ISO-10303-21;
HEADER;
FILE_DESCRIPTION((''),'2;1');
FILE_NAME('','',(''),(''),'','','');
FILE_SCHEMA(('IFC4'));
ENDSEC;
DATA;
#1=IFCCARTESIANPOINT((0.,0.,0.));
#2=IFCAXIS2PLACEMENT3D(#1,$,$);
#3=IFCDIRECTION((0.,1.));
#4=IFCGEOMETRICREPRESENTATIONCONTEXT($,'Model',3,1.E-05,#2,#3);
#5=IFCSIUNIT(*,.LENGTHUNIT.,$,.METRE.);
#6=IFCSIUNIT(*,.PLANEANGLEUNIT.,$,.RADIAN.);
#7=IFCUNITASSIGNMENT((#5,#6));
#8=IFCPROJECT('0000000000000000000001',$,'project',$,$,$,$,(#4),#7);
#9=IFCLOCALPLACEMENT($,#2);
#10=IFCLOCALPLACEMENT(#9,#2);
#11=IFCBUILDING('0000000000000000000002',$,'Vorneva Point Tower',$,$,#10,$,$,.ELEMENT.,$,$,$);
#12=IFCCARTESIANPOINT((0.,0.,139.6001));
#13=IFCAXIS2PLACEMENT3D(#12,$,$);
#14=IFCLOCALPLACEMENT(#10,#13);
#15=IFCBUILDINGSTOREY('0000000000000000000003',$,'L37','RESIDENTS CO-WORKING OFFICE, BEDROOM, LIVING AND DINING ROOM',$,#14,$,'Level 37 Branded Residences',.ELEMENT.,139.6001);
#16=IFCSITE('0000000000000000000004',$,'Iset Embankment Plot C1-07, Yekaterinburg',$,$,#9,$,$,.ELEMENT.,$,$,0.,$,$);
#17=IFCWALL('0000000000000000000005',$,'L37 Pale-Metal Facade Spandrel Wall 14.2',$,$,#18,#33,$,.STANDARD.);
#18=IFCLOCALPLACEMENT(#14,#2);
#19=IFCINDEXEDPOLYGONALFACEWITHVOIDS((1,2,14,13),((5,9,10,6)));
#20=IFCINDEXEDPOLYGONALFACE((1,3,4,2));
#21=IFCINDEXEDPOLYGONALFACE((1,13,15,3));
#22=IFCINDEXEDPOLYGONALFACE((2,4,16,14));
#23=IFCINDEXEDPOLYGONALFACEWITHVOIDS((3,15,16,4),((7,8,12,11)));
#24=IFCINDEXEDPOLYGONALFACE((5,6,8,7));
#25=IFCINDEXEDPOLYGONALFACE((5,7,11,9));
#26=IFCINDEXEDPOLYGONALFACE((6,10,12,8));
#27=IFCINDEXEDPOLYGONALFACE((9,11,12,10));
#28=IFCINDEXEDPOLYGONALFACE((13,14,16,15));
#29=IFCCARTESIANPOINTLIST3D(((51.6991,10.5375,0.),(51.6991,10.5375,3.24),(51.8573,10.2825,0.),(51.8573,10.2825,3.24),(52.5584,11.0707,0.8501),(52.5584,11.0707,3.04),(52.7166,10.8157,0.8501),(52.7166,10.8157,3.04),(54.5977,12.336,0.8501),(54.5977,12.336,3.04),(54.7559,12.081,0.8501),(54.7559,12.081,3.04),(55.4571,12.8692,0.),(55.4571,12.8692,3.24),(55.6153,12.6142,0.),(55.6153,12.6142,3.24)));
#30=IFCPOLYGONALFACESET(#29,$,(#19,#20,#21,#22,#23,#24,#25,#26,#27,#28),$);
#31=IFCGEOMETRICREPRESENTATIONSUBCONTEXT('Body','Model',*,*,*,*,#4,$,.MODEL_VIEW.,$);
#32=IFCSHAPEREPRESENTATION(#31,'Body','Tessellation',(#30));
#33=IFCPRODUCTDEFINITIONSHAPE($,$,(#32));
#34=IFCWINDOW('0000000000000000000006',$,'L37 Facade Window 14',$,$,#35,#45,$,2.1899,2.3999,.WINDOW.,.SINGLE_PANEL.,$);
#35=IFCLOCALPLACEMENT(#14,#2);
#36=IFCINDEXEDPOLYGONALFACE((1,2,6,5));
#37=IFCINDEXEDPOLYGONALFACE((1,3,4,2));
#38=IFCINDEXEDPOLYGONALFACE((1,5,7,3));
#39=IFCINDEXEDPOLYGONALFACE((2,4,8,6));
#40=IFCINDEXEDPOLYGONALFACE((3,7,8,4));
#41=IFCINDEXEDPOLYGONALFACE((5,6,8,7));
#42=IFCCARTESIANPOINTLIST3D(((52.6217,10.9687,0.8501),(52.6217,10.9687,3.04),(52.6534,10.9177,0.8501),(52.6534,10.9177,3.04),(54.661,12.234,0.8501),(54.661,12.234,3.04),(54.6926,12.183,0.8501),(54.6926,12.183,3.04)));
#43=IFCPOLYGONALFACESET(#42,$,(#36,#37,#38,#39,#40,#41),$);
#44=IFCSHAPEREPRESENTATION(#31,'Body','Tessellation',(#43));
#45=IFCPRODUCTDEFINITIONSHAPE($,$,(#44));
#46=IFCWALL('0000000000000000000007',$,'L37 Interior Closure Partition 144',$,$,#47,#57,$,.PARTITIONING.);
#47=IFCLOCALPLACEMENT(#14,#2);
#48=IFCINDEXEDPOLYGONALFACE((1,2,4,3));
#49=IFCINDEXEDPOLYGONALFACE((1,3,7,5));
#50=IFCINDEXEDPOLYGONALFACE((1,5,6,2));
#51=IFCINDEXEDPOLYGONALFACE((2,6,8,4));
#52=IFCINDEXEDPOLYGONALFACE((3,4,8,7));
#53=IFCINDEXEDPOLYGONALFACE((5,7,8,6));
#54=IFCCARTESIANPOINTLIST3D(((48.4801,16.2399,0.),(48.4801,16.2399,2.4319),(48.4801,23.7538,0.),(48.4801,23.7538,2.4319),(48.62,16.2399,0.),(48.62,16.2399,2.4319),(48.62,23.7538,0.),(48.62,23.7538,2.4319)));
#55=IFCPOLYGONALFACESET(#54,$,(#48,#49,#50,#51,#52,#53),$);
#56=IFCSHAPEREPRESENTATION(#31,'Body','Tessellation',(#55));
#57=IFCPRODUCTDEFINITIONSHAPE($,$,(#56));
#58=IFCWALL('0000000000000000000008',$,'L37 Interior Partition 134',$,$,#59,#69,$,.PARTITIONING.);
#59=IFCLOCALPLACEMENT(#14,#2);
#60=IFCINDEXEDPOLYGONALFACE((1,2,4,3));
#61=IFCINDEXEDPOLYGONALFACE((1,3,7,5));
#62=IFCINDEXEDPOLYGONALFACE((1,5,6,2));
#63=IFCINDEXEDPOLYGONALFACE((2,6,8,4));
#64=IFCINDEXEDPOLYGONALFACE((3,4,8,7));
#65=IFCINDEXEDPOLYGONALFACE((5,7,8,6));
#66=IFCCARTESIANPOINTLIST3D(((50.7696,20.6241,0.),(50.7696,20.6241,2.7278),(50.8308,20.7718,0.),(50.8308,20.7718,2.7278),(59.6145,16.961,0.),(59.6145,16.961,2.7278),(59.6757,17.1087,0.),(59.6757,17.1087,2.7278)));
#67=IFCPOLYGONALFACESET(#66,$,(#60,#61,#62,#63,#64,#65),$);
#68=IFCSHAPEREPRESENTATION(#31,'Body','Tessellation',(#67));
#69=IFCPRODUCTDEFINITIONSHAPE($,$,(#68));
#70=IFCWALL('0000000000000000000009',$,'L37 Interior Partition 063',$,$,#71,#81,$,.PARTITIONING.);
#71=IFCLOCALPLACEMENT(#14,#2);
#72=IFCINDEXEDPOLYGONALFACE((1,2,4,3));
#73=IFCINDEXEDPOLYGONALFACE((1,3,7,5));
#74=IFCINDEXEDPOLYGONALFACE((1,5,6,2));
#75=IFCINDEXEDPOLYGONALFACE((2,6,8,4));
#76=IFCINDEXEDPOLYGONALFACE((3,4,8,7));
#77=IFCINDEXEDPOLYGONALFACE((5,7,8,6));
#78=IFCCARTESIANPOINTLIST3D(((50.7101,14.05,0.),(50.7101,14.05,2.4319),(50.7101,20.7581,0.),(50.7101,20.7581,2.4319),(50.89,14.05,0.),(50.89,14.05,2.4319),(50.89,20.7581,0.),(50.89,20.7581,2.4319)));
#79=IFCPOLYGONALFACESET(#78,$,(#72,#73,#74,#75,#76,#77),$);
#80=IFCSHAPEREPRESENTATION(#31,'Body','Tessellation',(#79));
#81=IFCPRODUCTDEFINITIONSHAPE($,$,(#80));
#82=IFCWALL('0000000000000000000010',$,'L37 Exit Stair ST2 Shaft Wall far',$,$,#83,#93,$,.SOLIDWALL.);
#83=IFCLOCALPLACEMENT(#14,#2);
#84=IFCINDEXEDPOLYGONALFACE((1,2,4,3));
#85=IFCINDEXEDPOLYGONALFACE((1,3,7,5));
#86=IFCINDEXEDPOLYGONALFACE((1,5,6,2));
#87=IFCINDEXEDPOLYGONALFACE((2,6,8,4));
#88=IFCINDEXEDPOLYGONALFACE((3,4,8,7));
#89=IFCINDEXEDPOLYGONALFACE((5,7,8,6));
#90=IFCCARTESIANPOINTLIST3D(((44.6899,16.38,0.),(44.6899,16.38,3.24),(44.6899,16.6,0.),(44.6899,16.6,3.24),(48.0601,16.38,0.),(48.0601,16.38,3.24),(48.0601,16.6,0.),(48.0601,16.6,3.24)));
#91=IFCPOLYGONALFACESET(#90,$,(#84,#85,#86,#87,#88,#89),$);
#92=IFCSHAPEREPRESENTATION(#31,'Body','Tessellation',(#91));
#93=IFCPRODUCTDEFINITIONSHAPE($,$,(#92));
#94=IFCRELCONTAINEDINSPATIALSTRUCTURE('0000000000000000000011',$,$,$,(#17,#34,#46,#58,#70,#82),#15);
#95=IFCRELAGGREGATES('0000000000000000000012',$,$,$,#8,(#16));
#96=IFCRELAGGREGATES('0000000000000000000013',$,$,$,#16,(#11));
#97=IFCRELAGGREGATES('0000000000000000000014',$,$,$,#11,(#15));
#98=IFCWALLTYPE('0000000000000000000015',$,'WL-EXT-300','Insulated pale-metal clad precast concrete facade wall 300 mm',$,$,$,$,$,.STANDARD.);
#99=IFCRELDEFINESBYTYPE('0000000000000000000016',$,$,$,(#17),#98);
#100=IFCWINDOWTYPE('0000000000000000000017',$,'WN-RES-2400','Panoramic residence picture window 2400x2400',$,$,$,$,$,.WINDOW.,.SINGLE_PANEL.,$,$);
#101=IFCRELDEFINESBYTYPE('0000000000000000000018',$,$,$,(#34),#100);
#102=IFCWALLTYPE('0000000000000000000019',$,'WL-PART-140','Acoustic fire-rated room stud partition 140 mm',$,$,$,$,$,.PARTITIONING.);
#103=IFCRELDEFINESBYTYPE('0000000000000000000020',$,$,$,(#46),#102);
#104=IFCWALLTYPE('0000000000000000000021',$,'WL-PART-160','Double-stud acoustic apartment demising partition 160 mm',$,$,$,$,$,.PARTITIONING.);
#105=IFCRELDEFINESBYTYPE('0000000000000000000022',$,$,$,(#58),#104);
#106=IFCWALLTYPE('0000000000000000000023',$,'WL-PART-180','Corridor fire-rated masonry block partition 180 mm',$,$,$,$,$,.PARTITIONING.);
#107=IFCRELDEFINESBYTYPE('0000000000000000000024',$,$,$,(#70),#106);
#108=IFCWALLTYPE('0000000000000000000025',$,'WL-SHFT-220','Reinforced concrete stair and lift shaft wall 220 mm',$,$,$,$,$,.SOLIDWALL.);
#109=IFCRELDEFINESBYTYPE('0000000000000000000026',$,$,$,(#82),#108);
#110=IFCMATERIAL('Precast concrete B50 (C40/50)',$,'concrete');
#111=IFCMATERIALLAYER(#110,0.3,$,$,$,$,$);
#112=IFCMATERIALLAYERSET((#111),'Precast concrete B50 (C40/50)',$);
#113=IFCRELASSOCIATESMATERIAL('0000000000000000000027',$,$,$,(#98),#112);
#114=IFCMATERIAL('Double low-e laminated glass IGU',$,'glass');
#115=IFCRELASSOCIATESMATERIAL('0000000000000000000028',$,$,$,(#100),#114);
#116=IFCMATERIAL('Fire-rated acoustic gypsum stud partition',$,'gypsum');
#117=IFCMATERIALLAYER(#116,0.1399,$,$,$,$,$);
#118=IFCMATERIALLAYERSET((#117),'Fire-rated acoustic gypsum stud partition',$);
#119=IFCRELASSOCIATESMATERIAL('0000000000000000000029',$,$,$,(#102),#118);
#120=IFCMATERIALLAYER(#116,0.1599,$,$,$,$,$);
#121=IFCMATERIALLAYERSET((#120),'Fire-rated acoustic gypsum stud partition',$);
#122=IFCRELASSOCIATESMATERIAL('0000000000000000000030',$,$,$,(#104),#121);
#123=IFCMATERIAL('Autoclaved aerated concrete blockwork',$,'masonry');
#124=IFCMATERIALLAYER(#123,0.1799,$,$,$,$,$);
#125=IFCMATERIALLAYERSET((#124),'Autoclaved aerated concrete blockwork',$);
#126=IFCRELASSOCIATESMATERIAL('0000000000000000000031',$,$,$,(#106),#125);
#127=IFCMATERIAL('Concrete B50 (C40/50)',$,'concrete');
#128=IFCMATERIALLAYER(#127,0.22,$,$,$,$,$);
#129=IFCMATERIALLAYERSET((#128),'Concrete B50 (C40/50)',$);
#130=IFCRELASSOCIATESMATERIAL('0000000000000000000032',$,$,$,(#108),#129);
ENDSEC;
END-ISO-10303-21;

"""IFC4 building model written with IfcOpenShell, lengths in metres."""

from ifc_helpers import new_model, si_unit, direction, frame, frame_2d, origin, place, context, subcontext, project, spatial, rectangle, extrude, material, layer, layer_set, type_object, element, fill, save


model = new_model("IFC4")

# Units and contexts
model_context = context("Model", 3, precision=1e-05, world=origin(), true_north=direction((0.0, 1.0)))
body_context = subcontext(model_context, "Body", "Model", "MODEL_VIEW")
ifc_project = project(units=[si_unit("LENGTHUNIT", "METRE"), si_unit("PLANEANGLEUNIT", "RADIAN")], contexts=[model_context])

# Site, building, storey
site_placement = place(None, origin())
site = spatial("IfcSite", under=ifc_project, at=site_placement, Name="Iset Embankment Plot C1-07, Yekaterinburg", CompositionType="ELEMENT", RefElevation=0.0)
building_placement = place(site_placement, origin())
building = spatial("IfcBuilding", under=site, at=building_placement, Name="Vorneva Point Tower", CompositionType="ELEMENT")
storey_placement = place(building_placement, frame((0.0, 0.0, 139.6001)))
storey = spatial("IfcBuildingStorey", under=building, at=storey_placement, Name="L37", Description="RESIDENTS CO-WORKING OFFICE, BEDROOM, LIVING AND DINING ROOM", LongName="Level 37 Branded Residences", CompositionType="ELEMENT", Elevation=139.6001)

# Shared definitions
ifc_material_1 = material(Name="Double low-e laminated glass IGU", Category="glass")

# Shared definitions
ifc_material_2 = material(Name="Precast concrete B50 (C40/50)", Category="concrete")
ifc_layer_1 = layer(ifc_material_2, 0.3)
ifc_layer_set_1 = layer_set([ifc_layer_1], Name="Precast concrete B50 (C40/50)")
wall_type_1 = type_object("IfcWallType", Name="WL-EXT-300", Description="Insulated pale-metal clad precast concrete facade wall 300 mm", PredefinedType="STANDARD", material=ifc_layer_set_1)

# Wall, opening, window
wall_1_placement = place(storey_placement, frame((51.7781, 10.4099, 0.0), z_axis=(0.0, 0.0, 1.0), x_axis=(0.849721, 0.527232, 0.0)))
wall_1 = element("IfcWall", 1, at=wall_1_placement, inside=storey, type_object=wall_type_1, Name="L37 Pale-Metal Facade Spandrel Wall 14.2", PredefinedType="STANDARD", context=body_context, shape_type="SweptSolid", body=[
    extrude(rectangle(XDim=4.4226, YDim=0.3, at=frame_2d((2.2114, 0.0))), origin(), (0.0, 0.0, 1.0), 3.24),
])
opening_placement = place(wall_1_placement, frame((1.0115, 0.0, 0.8501)))
opening = element("IfcOpeningElement", 2, at=opening_placement, cuts=wall_1, PredefinedType="OPENING", context=body_context, shape_type="SweptSolid", body=[
    extrude(rectangle(XDim=2.3999, YDim=2.1899, at=frame_2d((1.2, 1.095))), frame((0.0, 0.165, 0.0), z_axis=(0.0, -1.0, 0.0), x_axis=(1.0, 0.0, 0.0)), (0.0, 0.0, 1.0), 0.3298),
])
window_type = type_object("IfcWindowType", Name="WN-RES-2400", Description="Panoramic residence picture window 2400x2400", PartitioningType="SINGLE_PANEL", PredefinedType="WINDOW", material=ifc_material_1)
window_placement = place(opening_placement, origin())
window = element("IfcWindow", 3, at=window_placement, inside=storey, type_object=window_type, Name="L37 Facade Window 14", OverallHeight=2.1899, OverallWidth=2.3999, PartitioningType="SINGLE_PANEL", PredefinedType="WINDOW", context=body_context, shape_type="SweptSolid", body=[
    extrude(rectangle(XDim=2.3999, YDim=2.1899, at=frame_2d((1.2, 1.095))), frame((0.0, 0.03, 0.0), z_axis=(0.0, -1.0, 0.0), x_axis=(1.0, 0.0, 0.0)), (0.0, 0.0, 1.0), 0.0601),
])
fill(opening, window)

# Walls
ifc_material_3 = material(Name="Fire-rated acoustic gypsum stud partition", Category="gypsum")
ifc_layer_2 = layer(ifc_material_3, 0.1399)
ifc_layer_set_2 = layer_set([ifc_layer_2], Name="Fire-rated acoustic gypsum stud partition")
wall_type_2 = type_object("IfcWallType", Name="WL-PART-140", Description="Acoustic fire-rated room stud partition 140 mm", PredefinedType="PARTITIONING", material=ifc_layer_set_2)
wall_2_placement = place(storey_placement, frame((48.55, 16.24, 0.0), z_axis=(0.0, 0.0, 1.0), x_axis=(0.0, 1.0, 0.0)))
element("IfcWall", 4, at=wall_2_placement, inside=storey, type_object=wall_type_2, Name="L37 Interior Closure Partition 144", PredefinedType="PARTITIONING", context=body_context, shape_type="SweptSolid", body=[
    extrude(rectangle(XDim=7.5139, YDim=0.1399, at=frame_2d((3.7568, 0.0))), origin(), (0.0, 0.0, 1.0), 2.4319),
])
ifc_layer_3 = layer(ifc_material_3, 0.1599)
ifc_layer_set_3 = layer_set([ifc_layer_3], Name="Fire-rated acoustic gypsum stud partition")
wall_type_3 = type_object("IfcWallType", Name="WL-PART-160", Description="Double-stud acoustic apartment demising partition 160 mm", PredefinedType="PARTITIONING", material=ifc_layer_set_3)
wall_3_placement = place(storey_placement, frame((59.645, 17.0349, 0.0), z_axis=(0.0, 0.0, 1.0), x_axis=(-0.923902, 0.382628, 0.0)))
element("IfcWall", 5, at=wall_3_placement, inside=storey, type_object=wall_type_3, Name="L37 Interior Partition 134", PredefinedType="PARTITIONING", context=body_context, shape_type="SweptSolid", body=[
    extrude(rectangle(XDim=9.5735, YDim=0.1599, at=frame_2d((4.7866, 0.0))), origin(), (0.0, 0.0, 1.0), 2.7278),
])
ifc_material_4 = material(Name="Autoclaved aerated concrete blockwork", Category="masonry")
ifc_layer_4 = layer(ifc_material_4, 0.1799)
ifc_layer_set_4 = layer_set([ifc_layer_4], Name="Autoclaved aerated concrete blockwork")
wall_type_4 = type_object("IfcWallType", Name="WL-PART-180", Description="Corridor fire-rated masonry block partition 180 mm", PredefinedType="PARTITIONING", material=ifc_layer_set_4)
wall_4_placement = place(storey_placement, frame((50.8, 14.05, 0.0), z_axis=(0.0, 0.0, 1.0), x_axis=(0.0, 1.0, 0.0)))
element("IfcWall", 6, at=wall_4_placement, inside=storey, type_object=wall_type_4, Name="L37 Interior Partition 063", PredefinedType="PARTITIONING", context=body_context, shape_type="SweptSolid", body=[
    extrude(rectangle(XDim=6.708, YDim=0.1799, at=frame_2d((3.354, 0.0))), origin(), (0.0, 0.0, 1.0), 2.4319),
])
ifc_material_5 = material(Name="Concrete B50 (C40/50)", Category="concrete")
ifc_layer_5 = layer(ifc_material_5, 0.22)
ifc_layer_set_5 = layer_set([ifc_layer_5], Name="Concrete B50 (C40/50)")
wall_type_5 = type_object("IfcWallType", Name="WL-SHFT-220", Description="Reinforced concrete stair and lift shaft wall 220 mm", PredefinedType="SOLIDWALL", material=ifc_layer_set_5)
wall_5_placement = place(storey_placement, frame((48.0601, 16.49, 0.0), z_axis=(0.0, 0.0, 1.0), x_axis=(-1.0, 0.0, 0.0)))
element("IfcWall", 7, at=wall_5_placement, inside=storey, type_object=wall_type_5, Name="L37 Exit Stair ST2 Shaft Wall far", PredefinedType="SOLIDWALL", context=body_context, shape_type="SweptSolid", body=[
    extrude(rectangle(XDim=3.3701, YDim=0.22, at=frame_2d((1.6851, 0.0))), origin(), (0.0, 0.0, 1.0), 3.24),
])

save(model, "model.ifc")
